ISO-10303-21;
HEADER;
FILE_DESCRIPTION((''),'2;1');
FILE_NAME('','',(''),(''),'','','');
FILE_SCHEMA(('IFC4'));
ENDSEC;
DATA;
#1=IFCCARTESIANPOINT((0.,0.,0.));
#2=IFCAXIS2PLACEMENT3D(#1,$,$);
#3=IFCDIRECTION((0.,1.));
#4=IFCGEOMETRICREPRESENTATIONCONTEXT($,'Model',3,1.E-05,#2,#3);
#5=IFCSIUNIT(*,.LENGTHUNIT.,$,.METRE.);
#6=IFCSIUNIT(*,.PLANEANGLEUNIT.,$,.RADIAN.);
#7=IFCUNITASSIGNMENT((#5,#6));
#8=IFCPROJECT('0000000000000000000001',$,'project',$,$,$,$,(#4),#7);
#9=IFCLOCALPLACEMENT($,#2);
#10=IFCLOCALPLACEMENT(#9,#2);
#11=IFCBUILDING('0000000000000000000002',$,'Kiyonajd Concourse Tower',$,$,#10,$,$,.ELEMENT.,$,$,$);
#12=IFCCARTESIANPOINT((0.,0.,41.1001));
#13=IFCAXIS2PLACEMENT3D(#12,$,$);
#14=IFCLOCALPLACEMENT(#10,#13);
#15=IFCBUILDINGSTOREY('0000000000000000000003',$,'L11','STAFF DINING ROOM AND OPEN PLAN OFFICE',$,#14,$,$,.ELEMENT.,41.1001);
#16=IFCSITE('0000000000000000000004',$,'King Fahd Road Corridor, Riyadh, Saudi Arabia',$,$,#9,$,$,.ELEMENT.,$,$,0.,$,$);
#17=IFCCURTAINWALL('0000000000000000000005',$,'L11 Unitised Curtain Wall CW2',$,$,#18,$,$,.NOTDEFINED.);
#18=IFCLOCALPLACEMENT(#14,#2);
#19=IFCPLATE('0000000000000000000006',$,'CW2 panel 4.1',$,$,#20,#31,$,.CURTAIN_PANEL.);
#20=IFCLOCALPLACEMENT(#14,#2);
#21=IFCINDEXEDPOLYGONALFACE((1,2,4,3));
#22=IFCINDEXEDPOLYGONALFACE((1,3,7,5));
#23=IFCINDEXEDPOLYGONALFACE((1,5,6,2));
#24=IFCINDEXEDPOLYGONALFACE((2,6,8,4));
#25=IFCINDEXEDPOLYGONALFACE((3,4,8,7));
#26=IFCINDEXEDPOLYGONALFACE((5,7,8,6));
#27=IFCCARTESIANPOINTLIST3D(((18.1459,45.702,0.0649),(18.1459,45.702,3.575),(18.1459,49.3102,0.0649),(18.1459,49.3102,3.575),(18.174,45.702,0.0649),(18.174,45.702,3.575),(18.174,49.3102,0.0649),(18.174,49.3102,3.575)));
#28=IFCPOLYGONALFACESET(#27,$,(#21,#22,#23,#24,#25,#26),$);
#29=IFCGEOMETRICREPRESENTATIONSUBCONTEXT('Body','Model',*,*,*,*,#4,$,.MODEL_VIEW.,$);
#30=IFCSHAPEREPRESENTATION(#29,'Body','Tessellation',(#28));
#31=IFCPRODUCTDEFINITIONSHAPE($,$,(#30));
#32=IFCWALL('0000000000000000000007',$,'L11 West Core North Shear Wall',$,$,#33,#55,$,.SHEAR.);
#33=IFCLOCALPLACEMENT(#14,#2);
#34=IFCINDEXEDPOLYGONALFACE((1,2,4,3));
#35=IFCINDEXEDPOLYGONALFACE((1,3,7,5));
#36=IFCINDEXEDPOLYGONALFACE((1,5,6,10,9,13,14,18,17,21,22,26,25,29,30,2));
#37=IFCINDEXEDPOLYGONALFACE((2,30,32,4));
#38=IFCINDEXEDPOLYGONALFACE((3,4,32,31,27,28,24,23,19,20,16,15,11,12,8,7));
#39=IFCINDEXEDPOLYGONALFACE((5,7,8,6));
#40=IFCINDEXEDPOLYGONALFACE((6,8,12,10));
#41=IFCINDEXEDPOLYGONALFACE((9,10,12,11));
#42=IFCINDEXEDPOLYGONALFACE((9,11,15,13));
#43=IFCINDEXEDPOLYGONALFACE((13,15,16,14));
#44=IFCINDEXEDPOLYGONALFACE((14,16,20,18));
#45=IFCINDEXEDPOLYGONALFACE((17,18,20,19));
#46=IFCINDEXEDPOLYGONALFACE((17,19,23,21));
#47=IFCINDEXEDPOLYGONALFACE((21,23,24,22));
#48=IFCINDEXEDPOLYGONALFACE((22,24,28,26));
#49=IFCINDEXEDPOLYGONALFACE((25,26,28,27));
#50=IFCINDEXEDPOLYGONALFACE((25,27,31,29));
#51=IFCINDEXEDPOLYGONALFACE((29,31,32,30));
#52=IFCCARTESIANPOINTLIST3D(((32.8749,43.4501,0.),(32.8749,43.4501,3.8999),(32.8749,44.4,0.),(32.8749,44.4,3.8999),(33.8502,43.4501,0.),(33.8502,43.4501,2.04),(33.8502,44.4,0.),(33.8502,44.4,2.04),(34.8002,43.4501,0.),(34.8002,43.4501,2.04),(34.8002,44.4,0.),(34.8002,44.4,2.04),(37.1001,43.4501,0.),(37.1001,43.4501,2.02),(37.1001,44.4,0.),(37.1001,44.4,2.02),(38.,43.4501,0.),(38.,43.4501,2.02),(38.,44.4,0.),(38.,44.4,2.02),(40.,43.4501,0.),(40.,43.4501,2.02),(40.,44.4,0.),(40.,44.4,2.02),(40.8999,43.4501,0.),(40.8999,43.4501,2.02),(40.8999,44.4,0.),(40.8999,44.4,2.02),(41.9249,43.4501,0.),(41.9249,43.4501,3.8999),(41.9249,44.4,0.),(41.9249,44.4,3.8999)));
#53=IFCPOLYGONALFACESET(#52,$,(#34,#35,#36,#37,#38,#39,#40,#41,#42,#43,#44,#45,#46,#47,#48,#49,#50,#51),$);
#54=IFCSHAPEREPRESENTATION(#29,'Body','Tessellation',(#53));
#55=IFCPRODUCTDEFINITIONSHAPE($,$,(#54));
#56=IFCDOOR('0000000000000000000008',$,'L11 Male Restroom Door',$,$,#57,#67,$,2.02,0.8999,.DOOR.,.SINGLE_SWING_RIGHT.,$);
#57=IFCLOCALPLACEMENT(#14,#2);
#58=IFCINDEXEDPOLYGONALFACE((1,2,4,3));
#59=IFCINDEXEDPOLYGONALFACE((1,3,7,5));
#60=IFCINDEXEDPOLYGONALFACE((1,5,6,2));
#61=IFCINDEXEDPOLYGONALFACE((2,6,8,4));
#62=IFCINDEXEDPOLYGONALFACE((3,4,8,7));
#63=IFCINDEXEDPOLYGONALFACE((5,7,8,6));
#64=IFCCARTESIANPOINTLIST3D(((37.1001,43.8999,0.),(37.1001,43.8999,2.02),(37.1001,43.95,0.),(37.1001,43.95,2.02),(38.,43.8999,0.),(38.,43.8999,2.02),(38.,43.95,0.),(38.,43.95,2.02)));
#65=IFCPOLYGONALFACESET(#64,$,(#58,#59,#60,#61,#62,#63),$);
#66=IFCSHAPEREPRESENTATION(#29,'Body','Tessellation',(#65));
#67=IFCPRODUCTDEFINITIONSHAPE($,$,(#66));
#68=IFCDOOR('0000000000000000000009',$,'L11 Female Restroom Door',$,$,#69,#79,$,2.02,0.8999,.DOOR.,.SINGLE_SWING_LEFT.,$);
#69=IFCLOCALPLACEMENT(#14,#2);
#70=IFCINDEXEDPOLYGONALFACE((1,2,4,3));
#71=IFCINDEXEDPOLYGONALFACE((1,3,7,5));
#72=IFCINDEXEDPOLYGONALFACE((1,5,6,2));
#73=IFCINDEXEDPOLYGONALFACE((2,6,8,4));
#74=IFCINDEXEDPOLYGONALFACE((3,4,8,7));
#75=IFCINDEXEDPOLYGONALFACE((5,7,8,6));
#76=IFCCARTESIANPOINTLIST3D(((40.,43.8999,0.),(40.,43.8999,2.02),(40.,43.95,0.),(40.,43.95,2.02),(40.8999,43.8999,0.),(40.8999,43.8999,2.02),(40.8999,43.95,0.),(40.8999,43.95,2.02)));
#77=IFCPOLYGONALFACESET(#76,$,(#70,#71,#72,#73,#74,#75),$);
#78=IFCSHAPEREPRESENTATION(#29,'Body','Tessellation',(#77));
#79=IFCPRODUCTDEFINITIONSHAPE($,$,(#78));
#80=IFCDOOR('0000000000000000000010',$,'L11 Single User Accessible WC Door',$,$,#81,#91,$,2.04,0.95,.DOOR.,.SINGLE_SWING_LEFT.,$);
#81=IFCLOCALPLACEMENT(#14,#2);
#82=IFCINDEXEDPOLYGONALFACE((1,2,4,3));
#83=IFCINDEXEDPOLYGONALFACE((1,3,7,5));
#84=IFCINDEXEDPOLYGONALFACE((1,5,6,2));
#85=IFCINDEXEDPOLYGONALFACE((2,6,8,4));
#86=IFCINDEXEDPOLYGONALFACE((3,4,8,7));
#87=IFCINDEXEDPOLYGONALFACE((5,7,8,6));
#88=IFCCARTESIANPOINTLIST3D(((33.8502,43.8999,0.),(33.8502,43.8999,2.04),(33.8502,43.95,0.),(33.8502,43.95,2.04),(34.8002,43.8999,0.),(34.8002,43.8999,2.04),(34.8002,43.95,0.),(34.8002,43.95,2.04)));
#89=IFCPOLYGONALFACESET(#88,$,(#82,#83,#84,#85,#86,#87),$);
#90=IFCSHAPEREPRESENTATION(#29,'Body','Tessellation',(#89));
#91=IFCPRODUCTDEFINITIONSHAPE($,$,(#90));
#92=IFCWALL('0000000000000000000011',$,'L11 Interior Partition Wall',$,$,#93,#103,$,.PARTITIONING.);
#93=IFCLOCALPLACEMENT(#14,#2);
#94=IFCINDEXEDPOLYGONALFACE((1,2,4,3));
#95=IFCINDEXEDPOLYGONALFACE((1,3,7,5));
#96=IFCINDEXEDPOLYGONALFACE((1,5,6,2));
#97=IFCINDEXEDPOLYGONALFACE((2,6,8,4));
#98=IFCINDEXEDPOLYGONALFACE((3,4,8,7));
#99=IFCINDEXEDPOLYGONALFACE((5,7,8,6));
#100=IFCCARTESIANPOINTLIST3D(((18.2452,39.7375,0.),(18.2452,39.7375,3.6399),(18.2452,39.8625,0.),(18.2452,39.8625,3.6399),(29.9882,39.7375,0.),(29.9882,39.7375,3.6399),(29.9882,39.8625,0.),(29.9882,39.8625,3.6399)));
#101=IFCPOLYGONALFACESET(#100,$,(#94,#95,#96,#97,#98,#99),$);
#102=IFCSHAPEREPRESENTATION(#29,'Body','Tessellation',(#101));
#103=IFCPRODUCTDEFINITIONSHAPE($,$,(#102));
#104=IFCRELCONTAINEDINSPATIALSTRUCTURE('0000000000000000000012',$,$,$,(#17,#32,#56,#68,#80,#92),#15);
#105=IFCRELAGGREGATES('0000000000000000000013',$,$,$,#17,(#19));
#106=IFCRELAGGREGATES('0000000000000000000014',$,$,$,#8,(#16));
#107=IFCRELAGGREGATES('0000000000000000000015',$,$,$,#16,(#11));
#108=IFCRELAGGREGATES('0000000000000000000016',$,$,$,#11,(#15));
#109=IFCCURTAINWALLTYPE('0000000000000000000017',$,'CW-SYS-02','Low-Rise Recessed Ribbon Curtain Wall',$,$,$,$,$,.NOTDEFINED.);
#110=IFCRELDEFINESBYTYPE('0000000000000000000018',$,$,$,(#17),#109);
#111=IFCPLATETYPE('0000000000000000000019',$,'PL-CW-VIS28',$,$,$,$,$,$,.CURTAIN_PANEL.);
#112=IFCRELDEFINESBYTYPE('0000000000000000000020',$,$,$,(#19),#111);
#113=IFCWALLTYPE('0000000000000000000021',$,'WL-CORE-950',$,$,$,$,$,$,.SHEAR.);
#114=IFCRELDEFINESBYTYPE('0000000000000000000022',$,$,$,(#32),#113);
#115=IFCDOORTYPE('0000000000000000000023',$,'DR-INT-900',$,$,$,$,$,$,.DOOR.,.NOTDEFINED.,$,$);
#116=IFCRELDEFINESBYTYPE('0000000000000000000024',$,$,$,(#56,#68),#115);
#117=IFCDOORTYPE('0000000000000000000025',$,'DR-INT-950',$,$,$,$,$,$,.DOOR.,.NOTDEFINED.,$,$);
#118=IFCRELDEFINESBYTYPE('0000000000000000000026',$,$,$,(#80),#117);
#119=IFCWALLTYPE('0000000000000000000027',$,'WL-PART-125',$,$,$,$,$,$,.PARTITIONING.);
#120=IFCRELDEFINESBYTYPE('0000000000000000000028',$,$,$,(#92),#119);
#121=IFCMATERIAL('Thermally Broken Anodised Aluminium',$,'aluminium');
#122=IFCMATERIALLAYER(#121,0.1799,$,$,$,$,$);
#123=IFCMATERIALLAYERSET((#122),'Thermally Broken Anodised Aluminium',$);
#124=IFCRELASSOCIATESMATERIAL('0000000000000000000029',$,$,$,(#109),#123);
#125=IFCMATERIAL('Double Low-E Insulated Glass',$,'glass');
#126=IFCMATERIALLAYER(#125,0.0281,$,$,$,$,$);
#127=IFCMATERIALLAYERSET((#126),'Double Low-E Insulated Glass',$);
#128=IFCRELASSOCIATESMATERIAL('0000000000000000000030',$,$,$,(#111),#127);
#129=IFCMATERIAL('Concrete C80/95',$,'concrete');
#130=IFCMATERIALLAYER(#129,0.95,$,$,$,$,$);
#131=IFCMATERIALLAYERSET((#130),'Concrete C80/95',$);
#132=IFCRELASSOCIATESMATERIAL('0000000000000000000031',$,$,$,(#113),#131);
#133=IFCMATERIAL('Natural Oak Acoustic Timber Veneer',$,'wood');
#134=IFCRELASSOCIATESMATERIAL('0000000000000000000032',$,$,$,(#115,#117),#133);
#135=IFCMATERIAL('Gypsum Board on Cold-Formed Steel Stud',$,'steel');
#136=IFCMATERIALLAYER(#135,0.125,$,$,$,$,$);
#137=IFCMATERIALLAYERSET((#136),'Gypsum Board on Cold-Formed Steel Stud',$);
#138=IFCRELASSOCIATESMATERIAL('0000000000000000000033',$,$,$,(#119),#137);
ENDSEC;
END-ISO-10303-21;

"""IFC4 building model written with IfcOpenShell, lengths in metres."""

from ifc_helpers import new_model, si_unit, direction, frame, frame_2d, origin, origin_2d, place, context, subcontext, project, spatial, rectangle, extrude, material, layer, layer_set, type_object, element, fill, aggregate, save


model = new_model("IFC4")

# Units and contexts
model_context = context("Model", 3, precision=1e-05, world=origin(), true_north=direction((0.0, 1.0)))
body_context = subcontext(model_context, "Body", "Model", "MODEL_VIEW")
ifc_project = project(units=[si_unit("LENGTHUNIT", "METRE"), si_unit("PLANEANGLEUNIT", "RADIAN")], contexts=[model_context])

# Site, building, storey
site_placement = place(None, origin())
site = spatial("IfcSite", under=ifc_project, at=site_placement, Name="King Fahd Road Corridor, Riyadh, Saudi Arabia", CompositionType="ELEMENT", RefElevation=0.0)
building_placement = place(site_placement, origin())
building = spatial("IfcBuilding", under=site, at=building_placement, Name="Kiyonajd Concourse Tower", CompositionType="ELEMENT")
storey_placement = place(building_placement, frame((0.0, 0.0, 41.1001)))
storey = spatial("IfcBuildingStorey", under=building, at=storey_placement, Name="L11", Description="STAFF DINING ROOM AND OPEN PLAN OFFICE", CompositionType="ELEMENT", Elevation=41.1001)

# Shared definitions
ifc_material_1 = material(Name="Concrete C80/95", Category="concrete")

# Curtain wall, plate
ifc_material_2 = material(Name="Thermally Broken Anodised Aluminium", Category="aluminium")
ifc_layer_1 = layer(ifc_material_2, 0.1799)
ifc_layer_set_1 = layer_set([ifc_layer_1], Name="Thermally Broken Anodised Aluminium")
curtain_wall_type = type_object("IfcCurtainWallType", Name="CW-SYS-02", Description="Low-Rise Recessed Ribbon Curtain Wall", PredefinedType="NOTDEFINED", material=ifc_layer_set_1)
curtain_wall_placement = place(storey_placement, origin())
curtain_wall = element("IfcCurtainWall", 1, at=curtain_wall_placement, inside=storey, type_object=curtain_wall_type, Name="L11 Unitised Curtain Wall CW2", PredefinedType="NOTDEFINED")
ifc_material_3 = material(Name="Double Low-E Insulated Glass", Category="glass")
ifc_layer_2 = layer(ifc_material_3, 0.0281)
ifc_layer_set_2 = layer_set([ifc_layer_2], Name="Double Low-E Insulated Glass")
plate_type = type_object("IfcPlateType", Name="PL-CW-VIS28", PredefinedType="CURTAIN_PANEL", material=ifc_layer_set_2)
plate_placement = place(storey_placement, frame((18.1599, 47.5061, 0.0649), z_axis=(0.0, 0.0, 1.0), x_axis=(0.0, 1.0, 0.0)))
plate = element("IfcPlate", 2, at=plate_placement, type_object=plate_type, Name="CW2 panel 4.1", PredefinedType="CURTAIN_PANEL", context=body_context, shape_type="SweptSolid", body=[
    extrude(rectangle(XDim=3.6082, YDim=0.0281, at=origin_2d()), origin(), (0.0, 0.0, 1.0), 3.51),
])
aggregate(curtain_wall, [plate])

# Wall, openings, doors
ifc_layer_3 = layer(ifc_material_1, 0.95)
ifc_layer_set_3 = layer_set([ifc_layer_3], Name="Concrete C80/95")
wall_type_1 = type_object("IfcWallType", Name="WL-CORE-950", PredefinedType="SHEAR", material=ifc_layer_set_3)
wall_1_placement = place(storey_placement, frame((32.875, 43.925, 0.0), z_axis=(0.0, 0.0, 1.0), x_axis=(1.0, 0.0, 0.0)))
wall_1 = element("IfcWall", 3, at=wall_1_placement, inside=storey, type_object=wall_type_1, Name="L11 West Core North Shear Wall", PredefinedType="SHEAR", context=body_context, shape_type="SweptSolid", body=[
    extrude(rectangle(XDim=9.05, YDim=0.95, at=frame_2d((4.5249, 0.0))), origin(), (0.0, 0.0, 1.0), 3.8999),
])
opening_1_placement = place(wall_1_placement, frame((0.9751, 0.0, 0.0)))
opening_1 = element("IfcOpeningElement", 4, at=opening_1_placement, cuts=wall_1, PredefinedType="OPENING", context=body_context, shape_type="SweptSolid", body=[
    extrude(rectangle(XDim=0.95, YDim=2.04, at=frame_2d((0.4751, 1.02))), frame((0.0, 0.4849, 0.0), z_axis=(0.0, -1.0, 0.0), x_axis=(1.0, 0.0, 0.0)), (0.0, 0.0, 1.0), 0.97),
])
opening_2_placement = place(wall_1_placement, frame((4.2251, 0.0, 0.0)))
opening_2 = element("IfcOpeningElement", 5, at=opening_2_placement, cuts=wall_1, PredefinedType="OPENING", context=body_context, shape_type="SweptSolid", body=[
    extrude(rectangle(XDim=0.8999, YDim=2.02, at=frame_2d((0.45, 1.01))), frame((0.0, 0.4849, 0.0), z_axis=(0.0, -1.0, 0.0), x_axis=(1.0, 0.0, 0.0)), (0.0, 0.0, 1.0), 0.97),
])
opening_3_placement = place(wall_1_placement, frame((7.125, 0.0, 0.0)))
opening_3 = element("IfcOpeningElement", 6, at=opening_3_placement, cuts=wall_1, PredefinedType="OPENING", context=body_context, shape_type="SweptSolid", body=[
    extrude(rectangle(XDim=0.8999, YDim=2.02, at=frame_2d((0.45, 1.01))), frame((0.0, 0.4849, 0.0), z_axis=(0.0, -1.0, 0.0), x_axis=(1.0, 0.0, 0.0)), (0.0, 0.0, 1.0), 0.97),
])
ifc_material_4 = material(Name="Natural Oak Acoustic Timber Veneer", Category="wood")
door_type_1 = type_object("IfcDoorType", Name="DR-INT-900", OperationType="NOTDEFINED", PredefinedType="DOOR", material=ifc_material_4)
door_1_placement = place(opening_2_placement, origin())
door_1 = element("IfcDoor", 7, at=door_1_placement, inside=storey, type_object=door_type_1, Name="L11 Male Restroom Door", OperationType="SINGLE_SWING_RIGHT", OverallHeight=2.02, OverallWidth=0.8999, PredefinedType="DOOR", context=body_context, shape_type="SweptSolid", body=[
    extrude(rectangle(XDim=0.8999, YDim=2.02, at=frame_2d((0.45, 1.01))), frame((0.0, 0.0249, 0.0), z_axis=(0.0, -1.0, 0.0), x_axis=(1.0, 0.0, 0.0)), (0.0, 0.0, 1.0), 0.05),
])
fill(opening_2, door_1)
door_2_placement = place(opening_3_placement, origin())
door_2 = element("IfcDoor", 8, at=door_2_placement, inside=storey, type_object=door_type_1, Name="L11 Female Restroom Door", OperationType="SINGLE_SWING_LEFT", OverallHeight=2.02, OverallWidth=0.8999, PredefinedType="DOOR", context=body_context, shape_type="SweptSolid", body=[
    extrude(rectangle(XDim=0.8999, YDim=2.02, at=frame_2d((0.45, 1.01))), frame((0.0, 0.0249, 0.0), z_axis=(0.0, -1.0, 0.0), x_axis=(1.0, 0.0, 0.0)), (0.0, 0.0, 1.0), 0.05),
])
fill(opening_3, door_2)
door_type_2 = type_object("IfcDoorType", Name="DR-INT-950", OperationType="NOTDEFINED", PredefinedType="DOOR", material=ifc_material_4)
door_3_placement = place(opening_1_placement, origin())
door_3 = element("IfcDoor", 9, at=door_3_placement, inside=storey, type_object=door_type_2, Name="L11 Single User Accessible WC Door", OperationType="SINGLE_SWING_LEFT", OverallHeight=2.04, OverallWidth=0.95, PredefinedType="DOOR", context=body_context, shape_type="SweptSolid", body=[
    extrude(rectangle(XDim=0.95, YDim=2.04, at=frame_2d((0.4751, 1.02))), frame((0.0, 0.0249, 0.0), z_axis=(0.0, -1.0, 0.0), x_axis=(1.0, 0.0, 0.0)), (0.0, 0.0, 1.0), 0.05),
])
fill(opening_1, door_3)

# Wall
ifc_material_5 = material(Name="Gypsum Board on Cold-Formed Steel Stud", Category="steel")
ifc_layer_4 = layer(ifc_material_5, 0.125)
ifc_layer_set_4 = layer_set([ifc_layer_4], Name="Gypsum Board on Cold-Formed Steel Stud")
wall_type_2 = type_object("IfcWallType", Name="WL-PART-125", PredefinedType="PARTITIONING", material=ifc_layer_set_4)
wall_2_placement = place(storey_placement, frame((18.2451, 39.8, 0.0), z_axis=(0.0, 0.0, 1.0), x_axis=(1.0, 0.0, 0.0)))
element("IfcWall", 10, at=wall_2_placement, inside=storey, type_object=wall_type_2, Name="L11 Interior Partition Wall", PredefinedType="PARTITIONING", context=body_context, shape_type="SweptSolid", body=[
    extrude(rectangle(XDim=11.7429, YDim=0.125, at=frame_2d((5.8716, 0.0))), origin(), (0.0, 0.0, 1.0), 3.6399),
])

save(model, "model.ifc")
